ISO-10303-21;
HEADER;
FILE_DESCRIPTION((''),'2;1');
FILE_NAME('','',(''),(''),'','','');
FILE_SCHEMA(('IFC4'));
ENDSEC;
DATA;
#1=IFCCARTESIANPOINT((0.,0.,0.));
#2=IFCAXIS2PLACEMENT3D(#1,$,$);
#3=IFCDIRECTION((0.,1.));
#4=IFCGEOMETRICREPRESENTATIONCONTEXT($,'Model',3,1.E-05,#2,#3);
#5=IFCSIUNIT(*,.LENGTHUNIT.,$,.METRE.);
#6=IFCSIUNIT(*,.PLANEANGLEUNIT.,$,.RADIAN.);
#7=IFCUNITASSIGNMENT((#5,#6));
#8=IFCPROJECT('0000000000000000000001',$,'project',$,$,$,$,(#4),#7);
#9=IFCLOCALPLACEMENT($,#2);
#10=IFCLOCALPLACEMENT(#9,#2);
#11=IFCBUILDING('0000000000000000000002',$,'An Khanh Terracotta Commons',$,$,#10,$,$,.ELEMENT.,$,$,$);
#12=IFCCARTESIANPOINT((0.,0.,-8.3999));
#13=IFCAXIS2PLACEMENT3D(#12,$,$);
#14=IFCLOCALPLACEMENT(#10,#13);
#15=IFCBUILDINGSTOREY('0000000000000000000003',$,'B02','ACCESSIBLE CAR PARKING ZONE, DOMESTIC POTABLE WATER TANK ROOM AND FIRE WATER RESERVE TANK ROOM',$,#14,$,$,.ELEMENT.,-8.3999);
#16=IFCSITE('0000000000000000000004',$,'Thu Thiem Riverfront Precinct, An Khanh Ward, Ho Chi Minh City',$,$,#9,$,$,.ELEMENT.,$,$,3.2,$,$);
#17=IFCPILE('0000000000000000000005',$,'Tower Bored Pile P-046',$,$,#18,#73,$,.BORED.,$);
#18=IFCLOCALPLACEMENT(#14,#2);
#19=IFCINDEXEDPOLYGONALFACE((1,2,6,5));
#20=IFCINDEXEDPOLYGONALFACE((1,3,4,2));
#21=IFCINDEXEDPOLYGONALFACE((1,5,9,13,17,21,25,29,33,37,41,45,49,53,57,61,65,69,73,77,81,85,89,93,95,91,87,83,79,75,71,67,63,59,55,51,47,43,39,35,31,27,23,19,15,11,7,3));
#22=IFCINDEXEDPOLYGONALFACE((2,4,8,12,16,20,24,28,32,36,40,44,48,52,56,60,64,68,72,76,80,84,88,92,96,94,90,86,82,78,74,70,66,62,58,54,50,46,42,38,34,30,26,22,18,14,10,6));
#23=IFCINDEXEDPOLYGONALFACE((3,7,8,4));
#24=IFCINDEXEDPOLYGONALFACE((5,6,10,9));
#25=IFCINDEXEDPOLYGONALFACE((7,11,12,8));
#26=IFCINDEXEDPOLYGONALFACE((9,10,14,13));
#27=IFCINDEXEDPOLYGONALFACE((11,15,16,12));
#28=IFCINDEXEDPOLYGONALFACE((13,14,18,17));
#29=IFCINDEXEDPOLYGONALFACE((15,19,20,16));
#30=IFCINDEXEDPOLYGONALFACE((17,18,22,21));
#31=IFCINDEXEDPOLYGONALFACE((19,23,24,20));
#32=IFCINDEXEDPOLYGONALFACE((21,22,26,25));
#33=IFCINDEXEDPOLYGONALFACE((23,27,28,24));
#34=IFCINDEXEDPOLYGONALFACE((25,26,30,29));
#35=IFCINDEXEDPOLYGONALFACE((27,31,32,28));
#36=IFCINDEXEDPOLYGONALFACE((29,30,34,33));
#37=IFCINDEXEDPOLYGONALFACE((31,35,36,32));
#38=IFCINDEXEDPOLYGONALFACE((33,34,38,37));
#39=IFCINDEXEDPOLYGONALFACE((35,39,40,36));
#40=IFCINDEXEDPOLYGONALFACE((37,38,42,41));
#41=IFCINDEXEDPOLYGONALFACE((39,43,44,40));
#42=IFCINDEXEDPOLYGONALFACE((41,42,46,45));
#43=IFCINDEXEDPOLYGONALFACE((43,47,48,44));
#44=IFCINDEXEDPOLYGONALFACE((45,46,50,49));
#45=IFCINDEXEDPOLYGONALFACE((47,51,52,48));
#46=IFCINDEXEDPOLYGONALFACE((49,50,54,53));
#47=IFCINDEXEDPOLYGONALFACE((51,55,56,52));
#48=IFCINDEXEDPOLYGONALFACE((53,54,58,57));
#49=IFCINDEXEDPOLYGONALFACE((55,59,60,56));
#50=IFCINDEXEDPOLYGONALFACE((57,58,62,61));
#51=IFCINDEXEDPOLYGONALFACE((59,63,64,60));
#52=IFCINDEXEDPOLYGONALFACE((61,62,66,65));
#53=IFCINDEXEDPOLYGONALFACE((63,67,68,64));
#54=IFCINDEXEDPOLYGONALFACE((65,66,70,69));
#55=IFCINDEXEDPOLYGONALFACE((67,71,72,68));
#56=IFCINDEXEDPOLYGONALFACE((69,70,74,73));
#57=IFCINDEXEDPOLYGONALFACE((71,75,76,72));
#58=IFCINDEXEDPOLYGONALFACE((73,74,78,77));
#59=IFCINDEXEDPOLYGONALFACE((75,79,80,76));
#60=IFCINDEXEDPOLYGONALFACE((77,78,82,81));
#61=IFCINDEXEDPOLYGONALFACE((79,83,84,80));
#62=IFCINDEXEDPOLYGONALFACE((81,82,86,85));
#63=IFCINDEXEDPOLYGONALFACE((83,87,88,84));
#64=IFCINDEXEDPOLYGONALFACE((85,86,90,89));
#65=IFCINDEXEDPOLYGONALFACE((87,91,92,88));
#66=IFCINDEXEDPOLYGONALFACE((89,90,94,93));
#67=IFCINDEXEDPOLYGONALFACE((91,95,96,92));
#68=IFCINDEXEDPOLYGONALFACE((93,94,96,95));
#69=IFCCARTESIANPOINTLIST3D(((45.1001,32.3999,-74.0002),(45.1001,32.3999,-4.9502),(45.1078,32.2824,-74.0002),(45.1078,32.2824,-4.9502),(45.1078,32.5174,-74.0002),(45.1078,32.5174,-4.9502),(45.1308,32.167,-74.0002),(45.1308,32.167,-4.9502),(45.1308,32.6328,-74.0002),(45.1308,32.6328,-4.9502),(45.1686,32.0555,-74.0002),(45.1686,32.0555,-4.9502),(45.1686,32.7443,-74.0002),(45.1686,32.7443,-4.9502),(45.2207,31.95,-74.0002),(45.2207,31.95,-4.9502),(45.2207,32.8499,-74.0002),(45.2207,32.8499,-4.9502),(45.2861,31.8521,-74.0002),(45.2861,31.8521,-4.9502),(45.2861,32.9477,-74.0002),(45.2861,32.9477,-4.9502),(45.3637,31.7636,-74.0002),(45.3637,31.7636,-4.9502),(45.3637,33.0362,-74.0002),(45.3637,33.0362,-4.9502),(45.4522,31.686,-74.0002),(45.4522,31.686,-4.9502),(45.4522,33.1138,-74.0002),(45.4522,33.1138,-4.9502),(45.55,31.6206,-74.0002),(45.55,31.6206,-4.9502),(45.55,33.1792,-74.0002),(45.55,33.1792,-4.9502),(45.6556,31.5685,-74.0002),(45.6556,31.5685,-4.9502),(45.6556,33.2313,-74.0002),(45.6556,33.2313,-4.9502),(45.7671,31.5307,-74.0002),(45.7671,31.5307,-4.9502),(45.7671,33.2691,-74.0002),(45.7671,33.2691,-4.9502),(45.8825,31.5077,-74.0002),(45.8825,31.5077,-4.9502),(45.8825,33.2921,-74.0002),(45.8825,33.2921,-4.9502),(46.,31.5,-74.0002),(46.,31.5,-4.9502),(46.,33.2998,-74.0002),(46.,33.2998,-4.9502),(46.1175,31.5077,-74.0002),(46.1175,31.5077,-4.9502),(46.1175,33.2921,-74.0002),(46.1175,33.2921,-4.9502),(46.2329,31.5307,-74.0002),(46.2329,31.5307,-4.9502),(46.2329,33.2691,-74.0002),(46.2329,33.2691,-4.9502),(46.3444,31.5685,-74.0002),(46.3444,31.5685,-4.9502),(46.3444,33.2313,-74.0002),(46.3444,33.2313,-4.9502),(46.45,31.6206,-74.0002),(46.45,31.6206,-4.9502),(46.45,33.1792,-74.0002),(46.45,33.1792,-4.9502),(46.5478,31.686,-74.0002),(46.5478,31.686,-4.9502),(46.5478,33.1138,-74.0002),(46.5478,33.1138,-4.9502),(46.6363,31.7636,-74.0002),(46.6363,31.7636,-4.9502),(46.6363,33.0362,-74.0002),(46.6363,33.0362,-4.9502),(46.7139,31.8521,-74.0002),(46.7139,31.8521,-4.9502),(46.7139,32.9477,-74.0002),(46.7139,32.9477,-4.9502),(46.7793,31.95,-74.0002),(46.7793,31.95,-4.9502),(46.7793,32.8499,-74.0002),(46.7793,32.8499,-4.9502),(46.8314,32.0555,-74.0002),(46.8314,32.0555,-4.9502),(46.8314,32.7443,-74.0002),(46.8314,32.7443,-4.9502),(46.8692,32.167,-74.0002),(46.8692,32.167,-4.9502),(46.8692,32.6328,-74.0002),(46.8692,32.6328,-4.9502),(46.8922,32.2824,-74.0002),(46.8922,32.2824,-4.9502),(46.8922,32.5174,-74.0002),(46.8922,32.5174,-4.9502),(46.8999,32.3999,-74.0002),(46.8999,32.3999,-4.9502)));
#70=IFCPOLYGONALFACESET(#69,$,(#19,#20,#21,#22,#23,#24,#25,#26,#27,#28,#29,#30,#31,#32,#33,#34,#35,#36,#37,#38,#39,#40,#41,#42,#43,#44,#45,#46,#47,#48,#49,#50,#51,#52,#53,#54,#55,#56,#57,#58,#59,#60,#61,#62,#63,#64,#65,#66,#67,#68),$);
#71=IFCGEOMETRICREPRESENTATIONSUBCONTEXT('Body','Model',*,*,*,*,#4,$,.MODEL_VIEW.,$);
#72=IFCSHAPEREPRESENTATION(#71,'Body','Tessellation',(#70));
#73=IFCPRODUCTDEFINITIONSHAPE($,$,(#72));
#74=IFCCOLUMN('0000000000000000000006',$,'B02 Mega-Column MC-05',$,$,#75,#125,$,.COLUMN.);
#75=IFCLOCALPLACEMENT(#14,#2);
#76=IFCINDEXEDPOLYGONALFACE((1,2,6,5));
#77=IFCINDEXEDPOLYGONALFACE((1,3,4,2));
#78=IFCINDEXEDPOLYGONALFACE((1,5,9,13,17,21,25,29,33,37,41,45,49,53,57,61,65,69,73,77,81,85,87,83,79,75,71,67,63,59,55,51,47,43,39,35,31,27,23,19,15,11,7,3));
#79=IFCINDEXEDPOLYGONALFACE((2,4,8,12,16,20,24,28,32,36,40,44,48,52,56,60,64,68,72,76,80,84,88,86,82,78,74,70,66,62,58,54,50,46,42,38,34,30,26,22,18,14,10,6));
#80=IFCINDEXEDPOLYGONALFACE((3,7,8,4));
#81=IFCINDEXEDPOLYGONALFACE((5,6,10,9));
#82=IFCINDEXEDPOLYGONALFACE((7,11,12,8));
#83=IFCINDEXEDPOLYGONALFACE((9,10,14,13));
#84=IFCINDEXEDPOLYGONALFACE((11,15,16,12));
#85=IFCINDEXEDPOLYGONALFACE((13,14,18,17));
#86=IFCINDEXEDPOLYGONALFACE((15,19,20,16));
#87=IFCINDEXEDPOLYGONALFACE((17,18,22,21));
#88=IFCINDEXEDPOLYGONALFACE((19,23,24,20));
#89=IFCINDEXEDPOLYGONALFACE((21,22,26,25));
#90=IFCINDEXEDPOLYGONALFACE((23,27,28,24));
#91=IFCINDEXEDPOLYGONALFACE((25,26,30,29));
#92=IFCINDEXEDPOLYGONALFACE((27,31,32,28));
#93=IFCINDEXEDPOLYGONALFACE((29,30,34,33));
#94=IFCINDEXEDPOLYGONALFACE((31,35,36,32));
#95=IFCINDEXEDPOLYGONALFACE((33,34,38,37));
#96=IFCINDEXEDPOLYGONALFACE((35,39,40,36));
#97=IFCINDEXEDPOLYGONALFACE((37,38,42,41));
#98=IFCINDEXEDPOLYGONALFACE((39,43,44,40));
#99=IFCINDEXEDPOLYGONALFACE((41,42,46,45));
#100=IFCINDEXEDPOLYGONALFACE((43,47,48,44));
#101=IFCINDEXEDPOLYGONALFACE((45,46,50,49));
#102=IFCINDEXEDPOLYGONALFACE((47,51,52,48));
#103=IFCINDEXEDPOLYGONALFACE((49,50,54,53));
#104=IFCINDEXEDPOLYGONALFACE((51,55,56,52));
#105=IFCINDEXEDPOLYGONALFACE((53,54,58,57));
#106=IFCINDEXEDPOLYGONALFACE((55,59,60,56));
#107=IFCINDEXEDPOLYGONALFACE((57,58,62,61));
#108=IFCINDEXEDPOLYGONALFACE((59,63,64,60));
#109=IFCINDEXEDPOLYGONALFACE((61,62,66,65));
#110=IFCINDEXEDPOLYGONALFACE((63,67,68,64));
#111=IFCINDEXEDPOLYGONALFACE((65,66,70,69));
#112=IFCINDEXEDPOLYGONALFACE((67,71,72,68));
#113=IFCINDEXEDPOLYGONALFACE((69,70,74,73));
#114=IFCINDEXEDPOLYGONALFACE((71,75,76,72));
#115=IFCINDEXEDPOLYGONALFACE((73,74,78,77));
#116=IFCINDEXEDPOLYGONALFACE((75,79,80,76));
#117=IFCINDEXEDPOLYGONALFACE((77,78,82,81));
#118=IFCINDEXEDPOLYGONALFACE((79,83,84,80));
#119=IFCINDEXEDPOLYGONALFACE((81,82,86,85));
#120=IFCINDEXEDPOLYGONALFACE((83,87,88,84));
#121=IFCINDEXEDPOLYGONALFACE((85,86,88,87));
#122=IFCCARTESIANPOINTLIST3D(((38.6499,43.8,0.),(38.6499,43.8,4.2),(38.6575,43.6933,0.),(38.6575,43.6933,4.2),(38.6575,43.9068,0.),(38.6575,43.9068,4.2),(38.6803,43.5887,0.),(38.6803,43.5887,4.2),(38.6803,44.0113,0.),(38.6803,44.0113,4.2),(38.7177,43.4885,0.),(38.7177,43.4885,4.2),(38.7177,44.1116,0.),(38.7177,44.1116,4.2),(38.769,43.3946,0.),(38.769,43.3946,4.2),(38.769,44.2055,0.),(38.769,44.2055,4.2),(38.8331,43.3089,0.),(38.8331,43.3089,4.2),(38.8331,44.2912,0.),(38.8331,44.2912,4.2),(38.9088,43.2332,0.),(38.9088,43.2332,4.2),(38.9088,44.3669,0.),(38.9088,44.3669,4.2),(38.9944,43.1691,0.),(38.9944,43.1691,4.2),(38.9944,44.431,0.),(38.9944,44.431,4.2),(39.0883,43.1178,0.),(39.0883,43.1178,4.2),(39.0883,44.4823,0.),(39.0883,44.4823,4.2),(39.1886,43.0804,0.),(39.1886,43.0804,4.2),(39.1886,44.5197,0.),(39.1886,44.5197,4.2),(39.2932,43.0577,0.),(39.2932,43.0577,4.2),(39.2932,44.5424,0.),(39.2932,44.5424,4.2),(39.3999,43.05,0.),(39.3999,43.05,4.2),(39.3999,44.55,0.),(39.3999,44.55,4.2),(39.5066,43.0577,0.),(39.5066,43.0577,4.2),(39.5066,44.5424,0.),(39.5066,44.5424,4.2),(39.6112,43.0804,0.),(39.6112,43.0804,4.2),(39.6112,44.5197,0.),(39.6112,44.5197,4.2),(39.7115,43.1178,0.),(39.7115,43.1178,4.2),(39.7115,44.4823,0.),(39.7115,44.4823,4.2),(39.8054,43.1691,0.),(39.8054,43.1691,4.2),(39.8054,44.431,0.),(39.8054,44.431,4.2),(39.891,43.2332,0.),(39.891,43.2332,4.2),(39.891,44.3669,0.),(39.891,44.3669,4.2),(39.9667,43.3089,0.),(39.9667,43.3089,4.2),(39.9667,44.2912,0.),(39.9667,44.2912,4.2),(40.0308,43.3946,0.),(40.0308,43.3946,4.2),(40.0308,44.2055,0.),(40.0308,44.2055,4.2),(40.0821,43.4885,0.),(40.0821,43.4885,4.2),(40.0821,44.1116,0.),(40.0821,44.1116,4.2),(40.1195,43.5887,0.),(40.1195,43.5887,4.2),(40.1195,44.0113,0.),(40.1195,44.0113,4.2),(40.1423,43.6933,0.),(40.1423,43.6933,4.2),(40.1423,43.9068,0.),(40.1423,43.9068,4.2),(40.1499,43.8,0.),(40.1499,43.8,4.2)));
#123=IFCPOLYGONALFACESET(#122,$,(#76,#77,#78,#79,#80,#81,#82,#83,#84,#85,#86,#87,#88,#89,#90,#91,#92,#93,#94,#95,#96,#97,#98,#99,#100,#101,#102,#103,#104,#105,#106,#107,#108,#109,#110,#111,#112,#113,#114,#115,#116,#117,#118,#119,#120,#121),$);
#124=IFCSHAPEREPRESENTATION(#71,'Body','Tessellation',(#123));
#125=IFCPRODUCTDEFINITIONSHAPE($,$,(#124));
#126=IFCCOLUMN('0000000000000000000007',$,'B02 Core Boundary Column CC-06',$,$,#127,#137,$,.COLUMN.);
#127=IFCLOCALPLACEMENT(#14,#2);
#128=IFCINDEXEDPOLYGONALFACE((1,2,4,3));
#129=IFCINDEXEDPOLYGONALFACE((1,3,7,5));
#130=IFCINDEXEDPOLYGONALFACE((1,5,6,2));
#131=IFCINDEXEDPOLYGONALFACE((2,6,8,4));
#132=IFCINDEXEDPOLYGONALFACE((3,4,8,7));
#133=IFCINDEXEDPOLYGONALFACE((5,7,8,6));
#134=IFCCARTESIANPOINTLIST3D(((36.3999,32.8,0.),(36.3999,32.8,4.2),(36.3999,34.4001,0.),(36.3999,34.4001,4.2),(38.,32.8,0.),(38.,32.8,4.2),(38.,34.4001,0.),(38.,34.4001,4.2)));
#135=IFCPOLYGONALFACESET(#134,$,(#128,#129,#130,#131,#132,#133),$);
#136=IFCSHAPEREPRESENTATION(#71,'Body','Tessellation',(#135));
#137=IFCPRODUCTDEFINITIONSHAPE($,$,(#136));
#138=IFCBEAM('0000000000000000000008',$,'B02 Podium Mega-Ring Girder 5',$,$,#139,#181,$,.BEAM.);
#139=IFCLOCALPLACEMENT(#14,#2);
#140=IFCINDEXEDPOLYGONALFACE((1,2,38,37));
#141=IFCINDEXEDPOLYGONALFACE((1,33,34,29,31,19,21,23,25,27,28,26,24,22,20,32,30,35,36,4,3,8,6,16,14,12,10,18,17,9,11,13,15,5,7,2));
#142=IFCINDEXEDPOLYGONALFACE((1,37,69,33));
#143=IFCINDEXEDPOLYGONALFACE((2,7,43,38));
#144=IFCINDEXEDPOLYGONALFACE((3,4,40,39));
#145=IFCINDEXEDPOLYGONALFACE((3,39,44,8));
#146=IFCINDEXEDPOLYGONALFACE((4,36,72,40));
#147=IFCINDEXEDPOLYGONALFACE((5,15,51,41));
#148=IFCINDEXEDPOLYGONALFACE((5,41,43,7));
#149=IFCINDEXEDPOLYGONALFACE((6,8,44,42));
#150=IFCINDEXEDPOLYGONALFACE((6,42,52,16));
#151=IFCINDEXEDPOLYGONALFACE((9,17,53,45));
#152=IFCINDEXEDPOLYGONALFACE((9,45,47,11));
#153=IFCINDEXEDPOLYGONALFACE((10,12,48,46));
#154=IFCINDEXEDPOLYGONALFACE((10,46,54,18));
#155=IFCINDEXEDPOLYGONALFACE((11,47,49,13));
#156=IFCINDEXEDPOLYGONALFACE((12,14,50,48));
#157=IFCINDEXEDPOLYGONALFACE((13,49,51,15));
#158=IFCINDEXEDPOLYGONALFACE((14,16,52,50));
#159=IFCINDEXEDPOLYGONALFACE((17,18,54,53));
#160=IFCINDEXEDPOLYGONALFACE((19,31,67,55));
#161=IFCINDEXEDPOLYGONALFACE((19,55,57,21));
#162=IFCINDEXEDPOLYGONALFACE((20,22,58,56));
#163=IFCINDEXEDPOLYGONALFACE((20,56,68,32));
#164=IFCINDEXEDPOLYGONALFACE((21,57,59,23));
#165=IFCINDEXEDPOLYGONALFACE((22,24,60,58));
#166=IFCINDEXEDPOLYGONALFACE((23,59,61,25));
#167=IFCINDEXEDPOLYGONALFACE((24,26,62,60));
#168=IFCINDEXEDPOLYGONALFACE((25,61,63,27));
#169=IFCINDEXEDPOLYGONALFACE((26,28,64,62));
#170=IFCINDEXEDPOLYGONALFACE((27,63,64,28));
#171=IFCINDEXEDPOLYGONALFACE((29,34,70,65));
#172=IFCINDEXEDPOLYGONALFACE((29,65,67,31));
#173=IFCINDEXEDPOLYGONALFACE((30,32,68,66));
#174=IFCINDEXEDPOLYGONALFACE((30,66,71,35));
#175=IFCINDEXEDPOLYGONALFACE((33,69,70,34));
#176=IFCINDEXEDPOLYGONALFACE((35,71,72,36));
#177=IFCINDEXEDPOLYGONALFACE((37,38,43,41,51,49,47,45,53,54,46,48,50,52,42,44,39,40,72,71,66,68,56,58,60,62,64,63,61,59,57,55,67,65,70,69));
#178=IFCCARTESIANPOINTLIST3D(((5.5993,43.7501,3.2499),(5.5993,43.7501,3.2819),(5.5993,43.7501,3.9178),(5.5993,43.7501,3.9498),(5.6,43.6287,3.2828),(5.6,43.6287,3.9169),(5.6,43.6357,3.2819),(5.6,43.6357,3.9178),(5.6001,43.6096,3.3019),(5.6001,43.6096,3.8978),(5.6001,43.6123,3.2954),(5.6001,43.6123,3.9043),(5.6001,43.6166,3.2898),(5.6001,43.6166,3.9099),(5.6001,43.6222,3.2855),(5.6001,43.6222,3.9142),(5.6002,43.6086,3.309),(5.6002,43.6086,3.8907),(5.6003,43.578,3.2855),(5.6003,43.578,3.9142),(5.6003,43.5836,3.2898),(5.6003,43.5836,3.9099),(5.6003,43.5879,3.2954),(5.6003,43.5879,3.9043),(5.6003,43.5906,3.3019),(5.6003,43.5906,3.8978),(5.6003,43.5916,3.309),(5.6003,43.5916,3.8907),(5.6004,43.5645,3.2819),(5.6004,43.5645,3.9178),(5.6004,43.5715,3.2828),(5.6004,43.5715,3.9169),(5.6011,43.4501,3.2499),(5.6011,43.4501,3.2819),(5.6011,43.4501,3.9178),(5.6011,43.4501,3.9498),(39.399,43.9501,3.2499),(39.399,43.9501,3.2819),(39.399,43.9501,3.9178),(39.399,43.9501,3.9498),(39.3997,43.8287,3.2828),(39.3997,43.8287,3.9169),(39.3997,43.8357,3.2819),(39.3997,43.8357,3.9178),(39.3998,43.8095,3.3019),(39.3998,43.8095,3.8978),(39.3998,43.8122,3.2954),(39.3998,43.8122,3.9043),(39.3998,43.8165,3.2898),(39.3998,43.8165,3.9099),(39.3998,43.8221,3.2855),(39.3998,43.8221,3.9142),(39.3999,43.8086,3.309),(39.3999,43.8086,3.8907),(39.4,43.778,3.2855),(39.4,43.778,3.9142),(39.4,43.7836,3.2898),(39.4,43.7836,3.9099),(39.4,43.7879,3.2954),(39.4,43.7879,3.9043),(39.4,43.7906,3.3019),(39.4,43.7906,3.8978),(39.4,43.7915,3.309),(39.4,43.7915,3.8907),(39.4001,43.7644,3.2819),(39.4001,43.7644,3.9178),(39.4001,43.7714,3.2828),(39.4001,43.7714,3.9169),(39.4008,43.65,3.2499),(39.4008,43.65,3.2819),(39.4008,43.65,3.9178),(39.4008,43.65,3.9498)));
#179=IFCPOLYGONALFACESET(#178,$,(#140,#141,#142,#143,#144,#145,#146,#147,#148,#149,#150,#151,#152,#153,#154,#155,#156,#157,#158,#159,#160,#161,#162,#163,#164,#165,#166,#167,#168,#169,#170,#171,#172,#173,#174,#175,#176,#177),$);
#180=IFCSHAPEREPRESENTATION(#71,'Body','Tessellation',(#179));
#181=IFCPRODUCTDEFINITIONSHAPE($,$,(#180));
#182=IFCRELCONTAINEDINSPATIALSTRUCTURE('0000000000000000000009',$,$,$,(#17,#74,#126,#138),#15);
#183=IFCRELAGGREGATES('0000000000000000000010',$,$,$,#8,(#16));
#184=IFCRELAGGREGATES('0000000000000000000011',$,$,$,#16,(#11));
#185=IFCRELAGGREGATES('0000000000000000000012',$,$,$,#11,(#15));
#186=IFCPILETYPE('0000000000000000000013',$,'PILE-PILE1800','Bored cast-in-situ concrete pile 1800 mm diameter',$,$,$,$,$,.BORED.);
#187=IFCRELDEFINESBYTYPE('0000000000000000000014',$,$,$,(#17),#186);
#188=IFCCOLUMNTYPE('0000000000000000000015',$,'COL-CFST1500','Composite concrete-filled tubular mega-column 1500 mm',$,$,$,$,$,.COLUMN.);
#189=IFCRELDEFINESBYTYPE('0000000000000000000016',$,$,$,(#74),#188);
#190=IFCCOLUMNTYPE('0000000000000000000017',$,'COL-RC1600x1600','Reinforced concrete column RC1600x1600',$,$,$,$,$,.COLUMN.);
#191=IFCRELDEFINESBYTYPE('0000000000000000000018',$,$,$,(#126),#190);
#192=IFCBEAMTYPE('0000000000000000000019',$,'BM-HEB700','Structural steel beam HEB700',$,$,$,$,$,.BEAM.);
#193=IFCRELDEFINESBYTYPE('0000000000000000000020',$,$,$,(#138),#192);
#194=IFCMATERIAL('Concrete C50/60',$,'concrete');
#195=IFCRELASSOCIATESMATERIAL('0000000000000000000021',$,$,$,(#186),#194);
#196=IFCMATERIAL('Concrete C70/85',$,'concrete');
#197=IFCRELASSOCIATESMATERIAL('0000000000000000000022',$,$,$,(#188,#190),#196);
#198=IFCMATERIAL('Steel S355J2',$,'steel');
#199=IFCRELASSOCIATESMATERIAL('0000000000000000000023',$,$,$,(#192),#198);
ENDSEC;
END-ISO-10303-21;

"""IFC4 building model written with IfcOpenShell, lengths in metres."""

from ifc_helpers import new_model, si_unit, direction, frame, origin, origin_2d, place, context, subcontext, project, spatial, rectangle, circle, i_section, extrude, material, material_profile, profile_set, type_object, element, save


model = new_model("IFC4")

# Units and contexts
model_context = context("Model", 3, precision=1e-05, world=origin(), true_north=direction((0.0, 1.0)))
body_context = subcontext(model_context, "Body", "Model", "MODEL_VIEW")
ifc_project = project(units=[si_unit("LENGTHUNIT", "METRE"), si_unit("PLANEANGLEUNIT", "RADIAN")], contexts=[model_context])

# Site, building, storey
site_placement = place(None, origin())
site = spatial("IfcSite", under=ifc_project, at=site_placement, Name="Thu Thiem Riverfront Precinct, An Khanh Ward, Ho Chi Minh City", CompositionType="ELEMENT", RefElevation=3.2)
building_placement = place(site_placement, origin())
building = spatial("IfcBuilding", under=site, at=building_placement, Name="An Khanh Terracotta Commons", CompositionType="ELEMENT")
storey_placement = place(building_placement, frame((0.0, 0.0, -8.3999)))
storey = spatial("IfcBuildingStorey", under=building, at=storey_placement, Name="B02", Description="ACCESSIBLE CAR PARKING ZONE, DOMESTIC POTABLE WATER TANK ROOM AND FIRE WATER RESERVE TANK ROOM", CompositionType="ELEMENT", Elevation=-8.3999)

# Shared definitions
ifc_material_1 = material(Name="Concrete C50/60", Category="concrete")

# Pile
ifc_material_profile_1 = material_profile(ifc_material_1, circle(Radius=0.8999, at=origin_2d()), Name="PILE1800")
ifc_profile_set_1 = profile_set([ifc_material_profile_1], Name="Concrete C50/60")
pile_type = type_object("IfcPileType", Name="PILE-PILE1800", Description="Bored cast-in-situ concrete pile 1800 mm diameter", PredefinedType="BORED", material=ifc_profile_set_1)
for number, where, z_axis, x_axis, name in (
    (1, (46.0, 32.3999, -4.9502), (0.0, 0.0, -1.0), (1.0, 0.0, 0.0), "Tower Bored Pile P-046"),
):
    element("IfcPile", number, at=place(storey_placement, frame(where, z_axis=z_axis, x_axis=x_axis)), inside=storey, type_object=pile_type, Name=name, PredefinedType="BORED", context=body_context, shape_type="SweptSolid", body=[
        extrude(circle(Radius=0.8999, at=origin_2d()), origin(), (0.0, 0.0, 1.0), 69.05),
    ])

# Columns
ifc_material_2 = material(Name="Concrete C70/85", Category="concrete")
ifc_material_profile_2 = material_profile(ifc_material_2, circle(Radius=0.75, at=origin_2d()), Name="CFST1500")
ifc_profile_set_2 = profile_set([ifc_material_profile_2], Name="Concrete C70/85")
column_type_1 = type_object("IfcColumnType", Name="COL-CFST1500", Description="Composite concrete-filled tubular mega-column 1500 mm", PredefinedType="COLUMN", material=ifc_profile_set_2)
column_1_placement = place(storey_placement, frame((39.3999, 43.8, 0.0), z_axis=(0.0, 0.0, 1.0), x_axis=(1.0, 0.0, 0.0)))
element("IfcColumn", 2, at=column_1_placement, inside=storey, type_object=column_type_1, Name="B02 Mega-Column MC-05", PredefinedType="COLUMN", context=body_context, shape_type="SweptSolid", body=[
    extrude(circle(Radius=0.75, at=origin_2d()), origin(), (0.0, 0.0, 1.0), 4.2),
])
ifc_material_profile_3 = material_profile(ifc_material_2, rectangle(XDim=1.6001, YDim=1.6001, at=origin_2d()), Name="RC1600x1600")
ifc_profile_set_3 = profile_set([ifc_material_profile_3], Name="Concrete C70/85")
column_type_2 = type_object("IfcColumnType", Name="COL-RC1600x1600", Description="Reinforced concrete column RC1600x1600", PredefinedType="COLUMN", material=ifc_profile_set_3)
column_2_placement = place(storey_placement, frame((37.2, 33.6001, 0.0), z_axis=(0.0, 0.0, 1.0), x_axis=(1.0, 0.0, 0.0)))
element("IfcColumn", 3, at=column_2_placement, inside=storey, type_object=column_type_2, Name="B02 Core Boundary Column CC-06", PredefinedType="COLUMN", context=body_context, shape_type="SweptSolid", body=[
    extrude(rectangle(XDim=1.6001, YDim=1.6001, at=origin_2d()), origin(), (0.0, 0.0, 1.0), 4.2),
])

# Beam
ifc_material_3 = material(Name="Steel S355J2", Category="steel")
ifc_material_profile_4 = material_profile(ifc_material_3, i_section(OverallWidth=0.3, OverallDepth=0.7, WebThickness=0.0171, FlangeThickness=0.032, FilletRadius=0.0271, at=origin_2d()), Name="HEB700")
ifc_profile_set_4 = profile_set([ifc_material_profile_4], Name="Steel S355J2")
beam_type_1 = type_object("IfcBeamType", Name="BM-HEB700", Description="Structural steel beam HEB700", PredefinedType="BEAM", material=ifc_profile_set_4)
beam_1_placement = place(storey_placement, frame((39.3999, 43.8, 3.5999), z_axis=(-0.999983, -0.005916, 0.0), x_axis=(0.005916, -0.999983, 0.0)))
element("IfcBeam", 4, at=beam_1_placement, inside=storey, type_object=beam_type_1, Name="B02 Podium Mega-Ring Girder 5", PredefinedType="BEAM", context=body_context, shape_type="SweptSolid", body=[
    extrude(i_section(OverallWidth=0.3, OverallDepth=0.7, WebThickness=0.0171, FlangeThickness=0.032, FilletRadius=0.0271, at=origin_2d()), origin(), (0.0, 0.0, 1.0), 33.8003),
])

save(model, "model.ifc")
